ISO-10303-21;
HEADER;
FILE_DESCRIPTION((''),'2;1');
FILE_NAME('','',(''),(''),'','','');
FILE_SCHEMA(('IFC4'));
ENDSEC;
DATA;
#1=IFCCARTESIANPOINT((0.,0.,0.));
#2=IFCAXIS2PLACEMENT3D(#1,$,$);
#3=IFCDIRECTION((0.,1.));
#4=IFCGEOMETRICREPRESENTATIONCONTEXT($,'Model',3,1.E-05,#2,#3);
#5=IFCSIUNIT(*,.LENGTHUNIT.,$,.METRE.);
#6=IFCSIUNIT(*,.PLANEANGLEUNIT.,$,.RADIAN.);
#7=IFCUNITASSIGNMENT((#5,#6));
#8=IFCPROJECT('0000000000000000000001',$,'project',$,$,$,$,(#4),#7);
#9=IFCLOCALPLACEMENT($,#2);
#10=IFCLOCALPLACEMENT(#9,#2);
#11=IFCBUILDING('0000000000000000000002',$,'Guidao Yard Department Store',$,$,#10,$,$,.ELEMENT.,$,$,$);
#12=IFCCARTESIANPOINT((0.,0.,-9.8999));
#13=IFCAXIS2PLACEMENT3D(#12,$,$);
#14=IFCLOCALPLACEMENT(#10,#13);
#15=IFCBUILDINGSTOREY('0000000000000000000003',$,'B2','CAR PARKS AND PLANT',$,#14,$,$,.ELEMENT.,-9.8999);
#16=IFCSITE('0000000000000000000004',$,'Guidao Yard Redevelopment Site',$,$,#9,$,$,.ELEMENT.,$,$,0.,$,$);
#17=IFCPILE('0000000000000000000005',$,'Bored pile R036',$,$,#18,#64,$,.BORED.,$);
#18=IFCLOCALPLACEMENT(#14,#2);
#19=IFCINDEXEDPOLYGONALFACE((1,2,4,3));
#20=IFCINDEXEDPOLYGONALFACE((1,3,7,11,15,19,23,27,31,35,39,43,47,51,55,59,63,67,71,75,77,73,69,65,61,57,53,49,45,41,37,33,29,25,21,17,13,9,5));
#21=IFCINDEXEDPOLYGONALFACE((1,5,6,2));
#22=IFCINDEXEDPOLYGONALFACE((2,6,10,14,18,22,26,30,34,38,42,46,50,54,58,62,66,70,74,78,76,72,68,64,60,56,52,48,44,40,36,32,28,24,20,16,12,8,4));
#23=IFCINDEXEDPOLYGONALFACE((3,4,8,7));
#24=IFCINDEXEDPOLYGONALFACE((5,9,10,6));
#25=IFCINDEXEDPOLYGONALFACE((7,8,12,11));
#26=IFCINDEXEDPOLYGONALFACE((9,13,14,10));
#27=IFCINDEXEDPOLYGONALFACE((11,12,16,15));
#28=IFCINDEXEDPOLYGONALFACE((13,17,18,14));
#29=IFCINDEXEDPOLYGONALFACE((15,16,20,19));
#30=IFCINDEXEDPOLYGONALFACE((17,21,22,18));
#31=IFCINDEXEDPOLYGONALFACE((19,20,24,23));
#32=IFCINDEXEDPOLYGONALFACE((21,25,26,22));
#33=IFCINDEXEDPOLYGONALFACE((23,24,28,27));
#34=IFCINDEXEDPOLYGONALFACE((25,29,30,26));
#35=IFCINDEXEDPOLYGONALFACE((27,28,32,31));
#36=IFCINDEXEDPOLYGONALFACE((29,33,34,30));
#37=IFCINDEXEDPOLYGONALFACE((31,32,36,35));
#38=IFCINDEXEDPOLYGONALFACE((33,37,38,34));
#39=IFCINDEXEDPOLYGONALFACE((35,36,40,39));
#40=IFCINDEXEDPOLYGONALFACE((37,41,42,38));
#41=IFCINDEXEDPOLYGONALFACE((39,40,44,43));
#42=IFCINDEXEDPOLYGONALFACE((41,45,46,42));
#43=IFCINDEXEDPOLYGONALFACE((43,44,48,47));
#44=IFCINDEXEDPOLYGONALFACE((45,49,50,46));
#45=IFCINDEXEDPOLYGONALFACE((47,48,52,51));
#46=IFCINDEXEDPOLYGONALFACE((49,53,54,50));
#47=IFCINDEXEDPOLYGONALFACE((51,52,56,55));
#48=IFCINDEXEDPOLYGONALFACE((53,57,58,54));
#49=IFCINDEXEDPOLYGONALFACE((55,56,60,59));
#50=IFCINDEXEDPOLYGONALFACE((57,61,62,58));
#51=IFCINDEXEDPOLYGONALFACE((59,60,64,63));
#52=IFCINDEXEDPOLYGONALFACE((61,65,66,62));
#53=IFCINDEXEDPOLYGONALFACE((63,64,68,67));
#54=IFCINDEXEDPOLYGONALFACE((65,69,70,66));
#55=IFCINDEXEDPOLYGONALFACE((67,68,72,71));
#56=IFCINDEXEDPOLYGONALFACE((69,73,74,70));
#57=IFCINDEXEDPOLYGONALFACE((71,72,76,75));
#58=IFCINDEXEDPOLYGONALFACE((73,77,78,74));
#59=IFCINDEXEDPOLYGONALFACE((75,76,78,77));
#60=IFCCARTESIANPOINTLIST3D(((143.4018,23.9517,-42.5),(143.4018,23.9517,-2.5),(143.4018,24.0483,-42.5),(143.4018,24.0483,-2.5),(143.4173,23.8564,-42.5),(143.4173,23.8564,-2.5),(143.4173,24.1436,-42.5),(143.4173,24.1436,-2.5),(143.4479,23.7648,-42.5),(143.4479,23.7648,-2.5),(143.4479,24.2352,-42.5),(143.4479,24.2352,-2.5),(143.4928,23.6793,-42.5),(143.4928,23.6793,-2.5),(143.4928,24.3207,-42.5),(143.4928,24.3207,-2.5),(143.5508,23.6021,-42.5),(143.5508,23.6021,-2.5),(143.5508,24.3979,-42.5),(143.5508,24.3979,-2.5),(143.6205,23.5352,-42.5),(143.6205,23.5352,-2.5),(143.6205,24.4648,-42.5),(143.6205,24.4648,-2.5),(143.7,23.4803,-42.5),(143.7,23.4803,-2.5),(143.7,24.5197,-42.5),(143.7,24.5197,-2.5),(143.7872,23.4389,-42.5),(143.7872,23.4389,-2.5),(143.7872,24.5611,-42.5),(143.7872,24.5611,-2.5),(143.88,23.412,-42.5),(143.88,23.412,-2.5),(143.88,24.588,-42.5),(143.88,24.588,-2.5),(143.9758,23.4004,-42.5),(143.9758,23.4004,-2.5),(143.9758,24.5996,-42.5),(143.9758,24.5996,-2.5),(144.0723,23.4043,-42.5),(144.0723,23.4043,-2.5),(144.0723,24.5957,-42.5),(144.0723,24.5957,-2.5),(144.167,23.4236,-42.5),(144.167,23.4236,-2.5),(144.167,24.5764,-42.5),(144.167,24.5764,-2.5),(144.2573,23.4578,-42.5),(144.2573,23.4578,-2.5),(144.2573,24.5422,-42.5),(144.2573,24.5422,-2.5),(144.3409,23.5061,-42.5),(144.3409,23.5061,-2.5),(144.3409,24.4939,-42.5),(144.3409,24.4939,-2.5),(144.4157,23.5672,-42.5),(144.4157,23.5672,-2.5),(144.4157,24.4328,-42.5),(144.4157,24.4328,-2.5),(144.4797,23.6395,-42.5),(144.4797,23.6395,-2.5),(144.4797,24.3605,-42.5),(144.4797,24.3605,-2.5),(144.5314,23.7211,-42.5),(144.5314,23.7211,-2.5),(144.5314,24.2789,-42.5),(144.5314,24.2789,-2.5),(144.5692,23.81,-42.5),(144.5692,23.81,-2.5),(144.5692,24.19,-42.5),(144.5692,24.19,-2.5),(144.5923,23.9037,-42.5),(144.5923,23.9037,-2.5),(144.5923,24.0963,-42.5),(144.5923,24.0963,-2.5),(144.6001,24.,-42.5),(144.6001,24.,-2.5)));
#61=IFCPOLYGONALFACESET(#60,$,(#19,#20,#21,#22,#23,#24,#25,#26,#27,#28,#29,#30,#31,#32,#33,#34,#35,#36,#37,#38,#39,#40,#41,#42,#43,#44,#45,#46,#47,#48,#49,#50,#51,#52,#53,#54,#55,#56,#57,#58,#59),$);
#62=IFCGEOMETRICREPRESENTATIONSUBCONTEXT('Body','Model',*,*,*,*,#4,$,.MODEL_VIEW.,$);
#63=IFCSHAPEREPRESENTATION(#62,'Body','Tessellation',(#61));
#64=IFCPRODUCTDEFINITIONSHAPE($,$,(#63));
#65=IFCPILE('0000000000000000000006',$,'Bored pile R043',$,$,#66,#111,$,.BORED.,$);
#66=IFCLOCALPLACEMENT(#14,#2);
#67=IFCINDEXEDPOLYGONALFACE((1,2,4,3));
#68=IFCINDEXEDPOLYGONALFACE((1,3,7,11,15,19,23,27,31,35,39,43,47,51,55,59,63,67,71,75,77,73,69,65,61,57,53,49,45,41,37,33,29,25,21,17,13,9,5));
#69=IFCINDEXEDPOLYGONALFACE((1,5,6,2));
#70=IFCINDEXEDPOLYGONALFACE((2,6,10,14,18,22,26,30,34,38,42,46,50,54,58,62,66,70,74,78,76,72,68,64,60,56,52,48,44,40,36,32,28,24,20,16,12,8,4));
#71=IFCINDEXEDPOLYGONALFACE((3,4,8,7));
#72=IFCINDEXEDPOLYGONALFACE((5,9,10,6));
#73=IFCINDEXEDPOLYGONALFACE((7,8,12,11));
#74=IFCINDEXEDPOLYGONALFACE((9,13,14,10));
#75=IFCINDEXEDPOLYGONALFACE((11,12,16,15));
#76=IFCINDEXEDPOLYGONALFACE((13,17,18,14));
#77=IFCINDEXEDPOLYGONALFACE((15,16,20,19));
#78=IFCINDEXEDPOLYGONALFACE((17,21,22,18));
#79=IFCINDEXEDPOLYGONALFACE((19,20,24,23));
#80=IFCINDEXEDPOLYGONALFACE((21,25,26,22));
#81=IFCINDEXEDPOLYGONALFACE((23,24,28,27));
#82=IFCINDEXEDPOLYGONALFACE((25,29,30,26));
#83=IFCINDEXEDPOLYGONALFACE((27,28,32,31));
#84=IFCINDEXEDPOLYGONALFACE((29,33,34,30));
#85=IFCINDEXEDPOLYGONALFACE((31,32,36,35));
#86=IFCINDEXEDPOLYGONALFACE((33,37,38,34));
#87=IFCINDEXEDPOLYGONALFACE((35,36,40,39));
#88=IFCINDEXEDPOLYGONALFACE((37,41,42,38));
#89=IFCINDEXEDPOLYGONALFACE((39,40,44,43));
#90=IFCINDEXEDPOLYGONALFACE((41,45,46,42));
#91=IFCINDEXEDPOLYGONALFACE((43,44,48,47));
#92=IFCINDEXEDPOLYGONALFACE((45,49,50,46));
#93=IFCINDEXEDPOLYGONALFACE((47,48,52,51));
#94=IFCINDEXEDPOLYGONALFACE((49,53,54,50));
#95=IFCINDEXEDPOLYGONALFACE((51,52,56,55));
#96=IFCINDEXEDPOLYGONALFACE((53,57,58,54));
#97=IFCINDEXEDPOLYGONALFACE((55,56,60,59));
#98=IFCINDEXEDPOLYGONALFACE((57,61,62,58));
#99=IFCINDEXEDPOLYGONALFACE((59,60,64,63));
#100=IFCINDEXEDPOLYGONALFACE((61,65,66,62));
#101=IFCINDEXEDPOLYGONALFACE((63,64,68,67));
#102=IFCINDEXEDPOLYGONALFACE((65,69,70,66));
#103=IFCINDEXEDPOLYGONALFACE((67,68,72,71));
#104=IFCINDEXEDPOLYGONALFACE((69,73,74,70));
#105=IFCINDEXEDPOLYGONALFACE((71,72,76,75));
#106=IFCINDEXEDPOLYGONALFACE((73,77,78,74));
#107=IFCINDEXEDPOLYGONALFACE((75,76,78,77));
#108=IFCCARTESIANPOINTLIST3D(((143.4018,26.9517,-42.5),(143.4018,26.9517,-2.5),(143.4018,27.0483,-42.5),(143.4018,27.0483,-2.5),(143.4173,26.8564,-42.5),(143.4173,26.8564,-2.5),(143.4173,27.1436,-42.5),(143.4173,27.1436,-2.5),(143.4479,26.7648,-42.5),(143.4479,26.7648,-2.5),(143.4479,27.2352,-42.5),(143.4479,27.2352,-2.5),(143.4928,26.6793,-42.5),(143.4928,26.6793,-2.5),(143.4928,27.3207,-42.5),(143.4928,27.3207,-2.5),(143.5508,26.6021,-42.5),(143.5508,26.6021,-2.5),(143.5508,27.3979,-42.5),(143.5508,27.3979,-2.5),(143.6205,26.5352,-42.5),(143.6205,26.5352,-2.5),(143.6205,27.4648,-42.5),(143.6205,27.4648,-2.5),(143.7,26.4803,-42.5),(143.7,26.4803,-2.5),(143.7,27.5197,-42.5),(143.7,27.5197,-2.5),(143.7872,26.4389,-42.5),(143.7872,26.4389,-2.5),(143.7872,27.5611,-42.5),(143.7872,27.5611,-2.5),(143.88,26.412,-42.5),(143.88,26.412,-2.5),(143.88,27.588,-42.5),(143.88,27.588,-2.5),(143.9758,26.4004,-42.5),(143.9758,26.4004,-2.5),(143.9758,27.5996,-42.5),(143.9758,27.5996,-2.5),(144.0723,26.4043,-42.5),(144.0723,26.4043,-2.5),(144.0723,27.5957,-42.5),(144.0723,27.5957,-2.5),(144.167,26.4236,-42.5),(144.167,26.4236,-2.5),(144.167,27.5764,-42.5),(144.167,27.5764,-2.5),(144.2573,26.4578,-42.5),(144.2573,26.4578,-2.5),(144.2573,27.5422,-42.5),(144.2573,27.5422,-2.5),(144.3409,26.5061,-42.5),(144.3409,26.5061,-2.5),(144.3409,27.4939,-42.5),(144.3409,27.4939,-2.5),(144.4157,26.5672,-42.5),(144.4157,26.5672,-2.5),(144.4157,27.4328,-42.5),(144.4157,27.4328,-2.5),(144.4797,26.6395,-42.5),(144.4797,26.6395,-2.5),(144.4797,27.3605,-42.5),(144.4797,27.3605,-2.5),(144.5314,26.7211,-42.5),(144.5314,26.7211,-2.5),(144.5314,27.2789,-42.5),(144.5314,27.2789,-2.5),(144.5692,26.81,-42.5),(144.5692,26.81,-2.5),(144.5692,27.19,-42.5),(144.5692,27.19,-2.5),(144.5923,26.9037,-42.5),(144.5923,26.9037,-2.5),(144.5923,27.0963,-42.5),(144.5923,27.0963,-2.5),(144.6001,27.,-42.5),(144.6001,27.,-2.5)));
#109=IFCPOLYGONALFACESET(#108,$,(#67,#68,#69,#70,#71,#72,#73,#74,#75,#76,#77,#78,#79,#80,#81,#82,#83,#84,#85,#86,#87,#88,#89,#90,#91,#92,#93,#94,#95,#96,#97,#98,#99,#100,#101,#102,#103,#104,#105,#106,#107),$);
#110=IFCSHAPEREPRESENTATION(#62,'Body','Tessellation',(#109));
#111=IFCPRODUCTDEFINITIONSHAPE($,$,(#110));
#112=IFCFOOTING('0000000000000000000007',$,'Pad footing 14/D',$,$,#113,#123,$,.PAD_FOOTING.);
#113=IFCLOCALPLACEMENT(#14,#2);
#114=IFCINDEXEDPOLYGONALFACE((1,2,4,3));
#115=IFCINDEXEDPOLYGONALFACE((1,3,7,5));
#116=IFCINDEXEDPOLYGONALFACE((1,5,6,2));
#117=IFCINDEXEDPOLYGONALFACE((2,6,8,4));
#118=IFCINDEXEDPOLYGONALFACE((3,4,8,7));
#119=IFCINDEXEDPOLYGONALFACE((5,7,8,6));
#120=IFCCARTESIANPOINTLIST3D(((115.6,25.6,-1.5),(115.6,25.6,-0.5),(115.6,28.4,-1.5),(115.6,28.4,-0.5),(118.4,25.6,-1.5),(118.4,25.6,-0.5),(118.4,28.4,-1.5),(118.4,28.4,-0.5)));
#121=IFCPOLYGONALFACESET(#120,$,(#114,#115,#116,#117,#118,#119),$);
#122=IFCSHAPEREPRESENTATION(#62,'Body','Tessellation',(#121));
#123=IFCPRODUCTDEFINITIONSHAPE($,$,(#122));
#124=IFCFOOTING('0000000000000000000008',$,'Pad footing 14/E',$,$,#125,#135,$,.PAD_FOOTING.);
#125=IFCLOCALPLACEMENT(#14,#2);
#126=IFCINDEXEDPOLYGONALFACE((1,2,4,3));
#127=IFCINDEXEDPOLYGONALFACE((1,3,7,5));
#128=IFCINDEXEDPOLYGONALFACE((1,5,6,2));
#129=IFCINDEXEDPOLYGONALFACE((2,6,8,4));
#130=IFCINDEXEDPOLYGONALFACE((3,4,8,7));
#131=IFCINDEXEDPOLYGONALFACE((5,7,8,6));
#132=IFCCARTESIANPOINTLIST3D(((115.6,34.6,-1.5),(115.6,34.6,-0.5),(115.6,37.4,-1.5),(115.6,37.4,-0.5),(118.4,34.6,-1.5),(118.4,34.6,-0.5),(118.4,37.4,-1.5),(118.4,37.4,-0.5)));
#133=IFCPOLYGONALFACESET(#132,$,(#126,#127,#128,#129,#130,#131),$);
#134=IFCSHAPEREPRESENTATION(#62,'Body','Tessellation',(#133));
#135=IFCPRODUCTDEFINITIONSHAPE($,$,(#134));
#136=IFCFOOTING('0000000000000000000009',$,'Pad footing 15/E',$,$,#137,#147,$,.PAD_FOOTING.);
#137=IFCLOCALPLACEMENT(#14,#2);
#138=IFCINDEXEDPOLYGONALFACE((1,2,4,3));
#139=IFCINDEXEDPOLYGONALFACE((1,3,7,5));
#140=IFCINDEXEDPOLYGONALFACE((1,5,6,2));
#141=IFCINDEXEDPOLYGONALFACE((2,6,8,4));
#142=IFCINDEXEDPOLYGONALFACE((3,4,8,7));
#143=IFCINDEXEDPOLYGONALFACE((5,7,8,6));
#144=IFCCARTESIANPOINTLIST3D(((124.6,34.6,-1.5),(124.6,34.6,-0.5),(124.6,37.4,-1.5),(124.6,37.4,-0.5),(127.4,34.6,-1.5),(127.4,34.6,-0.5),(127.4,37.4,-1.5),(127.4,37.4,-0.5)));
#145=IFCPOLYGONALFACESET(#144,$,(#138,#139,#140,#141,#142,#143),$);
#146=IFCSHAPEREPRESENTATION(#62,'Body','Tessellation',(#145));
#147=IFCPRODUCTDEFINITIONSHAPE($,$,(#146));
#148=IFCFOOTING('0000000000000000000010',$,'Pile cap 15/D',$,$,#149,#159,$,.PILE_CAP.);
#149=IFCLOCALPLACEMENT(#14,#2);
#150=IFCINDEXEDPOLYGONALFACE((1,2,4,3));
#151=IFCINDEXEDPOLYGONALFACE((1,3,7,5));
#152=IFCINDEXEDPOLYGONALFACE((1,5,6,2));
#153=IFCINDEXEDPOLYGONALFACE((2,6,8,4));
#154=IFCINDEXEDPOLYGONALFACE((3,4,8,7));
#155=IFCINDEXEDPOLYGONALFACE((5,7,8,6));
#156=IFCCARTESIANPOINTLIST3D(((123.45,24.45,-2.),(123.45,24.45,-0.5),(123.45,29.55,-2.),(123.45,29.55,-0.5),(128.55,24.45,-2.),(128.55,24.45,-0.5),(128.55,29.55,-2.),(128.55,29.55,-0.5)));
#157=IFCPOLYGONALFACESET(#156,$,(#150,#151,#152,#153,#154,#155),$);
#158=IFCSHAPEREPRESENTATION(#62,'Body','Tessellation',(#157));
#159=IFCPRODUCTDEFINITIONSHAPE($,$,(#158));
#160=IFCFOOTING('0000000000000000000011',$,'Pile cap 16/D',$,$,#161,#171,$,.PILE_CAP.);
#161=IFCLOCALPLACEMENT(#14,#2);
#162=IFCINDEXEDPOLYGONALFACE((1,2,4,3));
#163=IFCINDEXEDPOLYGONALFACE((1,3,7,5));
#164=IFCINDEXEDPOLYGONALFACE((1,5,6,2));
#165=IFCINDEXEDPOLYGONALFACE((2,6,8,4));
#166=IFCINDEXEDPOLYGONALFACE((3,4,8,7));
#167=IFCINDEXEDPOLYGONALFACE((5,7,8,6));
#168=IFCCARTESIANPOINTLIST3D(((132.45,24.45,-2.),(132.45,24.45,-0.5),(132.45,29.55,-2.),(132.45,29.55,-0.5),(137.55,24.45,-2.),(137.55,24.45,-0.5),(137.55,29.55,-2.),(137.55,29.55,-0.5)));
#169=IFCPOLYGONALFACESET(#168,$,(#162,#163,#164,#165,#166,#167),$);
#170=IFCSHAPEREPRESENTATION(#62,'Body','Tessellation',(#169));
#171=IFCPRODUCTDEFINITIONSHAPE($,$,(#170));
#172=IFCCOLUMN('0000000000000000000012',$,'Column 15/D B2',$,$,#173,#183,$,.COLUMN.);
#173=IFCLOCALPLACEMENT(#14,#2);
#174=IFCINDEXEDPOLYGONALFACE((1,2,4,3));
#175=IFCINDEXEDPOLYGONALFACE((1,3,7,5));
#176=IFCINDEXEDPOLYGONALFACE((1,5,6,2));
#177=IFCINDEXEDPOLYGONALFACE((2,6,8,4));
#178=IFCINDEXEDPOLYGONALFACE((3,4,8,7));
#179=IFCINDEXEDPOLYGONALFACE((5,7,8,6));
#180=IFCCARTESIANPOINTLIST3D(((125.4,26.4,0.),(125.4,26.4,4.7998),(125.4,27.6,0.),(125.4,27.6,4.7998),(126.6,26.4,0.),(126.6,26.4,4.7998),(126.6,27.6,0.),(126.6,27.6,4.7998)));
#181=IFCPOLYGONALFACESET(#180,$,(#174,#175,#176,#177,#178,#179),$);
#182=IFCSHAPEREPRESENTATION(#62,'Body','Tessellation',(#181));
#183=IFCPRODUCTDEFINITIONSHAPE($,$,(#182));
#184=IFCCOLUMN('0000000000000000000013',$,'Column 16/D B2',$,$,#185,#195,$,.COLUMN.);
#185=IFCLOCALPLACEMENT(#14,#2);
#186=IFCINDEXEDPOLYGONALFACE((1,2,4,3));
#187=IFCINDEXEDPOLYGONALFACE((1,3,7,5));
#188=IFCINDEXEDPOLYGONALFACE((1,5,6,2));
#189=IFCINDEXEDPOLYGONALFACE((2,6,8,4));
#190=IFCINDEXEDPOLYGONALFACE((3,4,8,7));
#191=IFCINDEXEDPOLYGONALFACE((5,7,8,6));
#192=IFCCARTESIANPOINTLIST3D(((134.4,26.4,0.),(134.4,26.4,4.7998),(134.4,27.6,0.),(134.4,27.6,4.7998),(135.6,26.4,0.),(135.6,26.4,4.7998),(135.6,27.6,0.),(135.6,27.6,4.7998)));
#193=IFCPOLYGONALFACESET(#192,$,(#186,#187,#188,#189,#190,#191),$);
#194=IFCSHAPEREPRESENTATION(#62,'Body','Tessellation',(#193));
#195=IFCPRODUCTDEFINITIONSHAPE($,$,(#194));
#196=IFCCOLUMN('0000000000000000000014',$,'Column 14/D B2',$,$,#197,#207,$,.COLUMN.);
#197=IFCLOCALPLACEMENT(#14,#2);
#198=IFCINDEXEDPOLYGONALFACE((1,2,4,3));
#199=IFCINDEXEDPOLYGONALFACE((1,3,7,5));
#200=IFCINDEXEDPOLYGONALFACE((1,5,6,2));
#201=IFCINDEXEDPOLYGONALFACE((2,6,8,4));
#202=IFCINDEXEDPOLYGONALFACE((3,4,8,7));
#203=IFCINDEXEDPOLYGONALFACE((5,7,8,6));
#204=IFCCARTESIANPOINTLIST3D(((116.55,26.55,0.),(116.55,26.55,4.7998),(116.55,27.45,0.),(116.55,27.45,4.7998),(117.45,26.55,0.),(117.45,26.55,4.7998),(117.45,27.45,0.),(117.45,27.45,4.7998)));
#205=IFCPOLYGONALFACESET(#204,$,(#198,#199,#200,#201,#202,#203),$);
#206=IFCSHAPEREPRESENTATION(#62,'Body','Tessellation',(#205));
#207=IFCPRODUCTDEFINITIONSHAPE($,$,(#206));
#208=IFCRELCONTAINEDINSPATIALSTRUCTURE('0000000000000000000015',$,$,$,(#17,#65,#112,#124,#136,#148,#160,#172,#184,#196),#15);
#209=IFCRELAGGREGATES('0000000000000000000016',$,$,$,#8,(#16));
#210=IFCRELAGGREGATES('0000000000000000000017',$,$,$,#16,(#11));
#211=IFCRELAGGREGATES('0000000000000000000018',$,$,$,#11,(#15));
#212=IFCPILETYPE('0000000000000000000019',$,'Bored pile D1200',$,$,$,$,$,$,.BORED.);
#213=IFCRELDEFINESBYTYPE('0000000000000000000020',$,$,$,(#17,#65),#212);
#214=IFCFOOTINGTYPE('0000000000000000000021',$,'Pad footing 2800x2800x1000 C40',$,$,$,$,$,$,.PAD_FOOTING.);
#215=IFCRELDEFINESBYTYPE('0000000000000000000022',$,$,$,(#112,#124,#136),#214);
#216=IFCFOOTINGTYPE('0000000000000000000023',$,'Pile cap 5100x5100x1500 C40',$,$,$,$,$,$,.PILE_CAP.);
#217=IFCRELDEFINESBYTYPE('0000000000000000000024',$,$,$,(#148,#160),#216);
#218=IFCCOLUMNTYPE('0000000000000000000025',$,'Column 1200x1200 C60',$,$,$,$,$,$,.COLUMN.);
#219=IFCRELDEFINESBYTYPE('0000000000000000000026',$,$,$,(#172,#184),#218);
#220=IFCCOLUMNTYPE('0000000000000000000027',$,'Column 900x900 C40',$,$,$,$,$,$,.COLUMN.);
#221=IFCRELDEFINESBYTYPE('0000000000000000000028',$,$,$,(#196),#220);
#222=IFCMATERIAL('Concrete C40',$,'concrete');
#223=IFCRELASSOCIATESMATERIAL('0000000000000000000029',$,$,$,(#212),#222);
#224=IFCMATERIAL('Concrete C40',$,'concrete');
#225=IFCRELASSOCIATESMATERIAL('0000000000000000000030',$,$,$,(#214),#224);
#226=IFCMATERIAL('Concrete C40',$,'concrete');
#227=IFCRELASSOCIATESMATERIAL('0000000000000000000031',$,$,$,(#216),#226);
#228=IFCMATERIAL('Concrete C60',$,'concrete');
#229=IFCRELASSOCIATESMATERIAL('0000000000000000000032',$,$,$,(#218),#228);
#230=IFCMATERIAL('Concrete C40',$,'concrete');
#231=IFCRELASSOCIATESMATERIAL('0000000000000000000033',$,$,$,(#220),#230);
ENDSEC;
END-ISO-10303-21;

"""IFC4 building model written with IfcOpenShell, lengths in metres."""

from ifc_helpers import new_model, si_unit, direction, frame, origin, origin_2d, place, context, subcontext, project, spatial, rectangle, circle, extrude, material, material_profile, profile_set, type_object, element, save


model = new_model("IFC4")

# Units and contexts
model_context = context("Model", 3, precision=1e-05, world=origin(), true_north=direction((0.0, 1.0)))
body_context = subcontext(model_context, "Body", "Model", "MODEL_VIEW")
ifc_project = project(units=[si_unit("LENGTHUNIT", "METRE"), si_unit("PLANEANGLEUNIT", "RADIAN")], contexts=[model_context])

# Site, building, storey
site_placement = place(None, origin())
site = spatial("IfcSite", under=ifc_project, at=site_placement, Name="Guidao Yard Redevelopment Site", CompositionType="ELEMENT", RefElevation=0.0)
building_placement = place(site_placement, origin())
building = spatial("IfcBuilding", under=site, at=building_placement, Name="Guidao Yard Department Store", CompositionType="ELEMENT")
storey_placement = place(building_placement, frame((0.0, 0.0, -9.8999)))
storey = spatial("IfcBuildingStorey", under=building, at=storey_placement, Name="B2", Description="CAR PARKS AND PLANT", CompositionType="ELEMENT", Elevation=-9.8999)

# Piles
ifc_material_1 = material(Name="Concrete C40", Category="concrete")
ifc_material_profile_1 = material_profile(ifc_material_1, circle(Radius=0.6001, at=origin_2d()), Name="Bored pile D1200")
ifc_profile_set_1 = profile_set([ifc_material_profile_1], Name="Concrete C40")
pile_type = type_object("IfcPileType", Name="Bored pile D1200", PredefinedType="BORED", material=ifc_profile_set_1)
for number, where, z_axis, x_axis, name in (
    (1, (144.0, 24.0, -2.5), (0.0, 0.0, -1.0), (1.0, 0.0, 0.0), "Bored pile R036"),
    (2, (144.0, 27.0, -2.5), (0.0, 0.0, -1.0), (1.0, 0.0, 0.0), "Bored pile R043"),
):
    element("IfcPile", number, at=place(storey_placement, frame(where, z_axis=z_axis, x_axis=x_axis)), inside=storey, type_object=pile_type, Name=name, PredefinedType="BORED", context=body_context, shape_type="SweptSolid", body=[
        extrude(circle(Radius=0.6001, at=origin_2d()), origin(), (0.0, 0.0, 1.0), 40.0),
    ])

# Footings
ifc_material_2 = material(Name="Concrete C40", Category="concrete")
footing_type_1 = type_object("IfcFootingType", Name="Pad footing 2800x2800x1000 C40", PredefinedType="PAD_FOOTING", material=ifc_material_2)
for number, where, z_axis, x_axis, name in (
    (3, (117.0, 27.0, -1.5), (0.0, 0.0, 1.0), (1.0, 0.0, 0.0), "Pad footing 14/D"),
    (4, (117.0, 36.0, -1.5), (0.0, 0.0, 1.0), (1.0, 0.0, 0.0), "Pad footing 14/E"),
    (5, (126.0, 36.0, -1.5), (0.0, 0.0, 1.0), (1.0, 0.0, 0.0), "Pad footing 15/E"),
):
    element("IfcFooting", number, at=place(storey_placement, frame(where, z_axis=z_axis, x_axis=x_axis)), inside=storey, type_object=footing_type_1, Name=name, PredefinedType="PAD_FOOTING", context=body_context, shape_type="SweptSolid", body=[
        extrude(rectangle(XDim=2.8, YDim=2.8, at=origin_2d()), origin(), (0.0, 0.0, 1.0), 1.0),
    ])
ifc_material_3 = material(Name="Concrete C40", Category="concrete")
footing_type_2 = type_object("IfcFootingType", Name="Pile cap 5100x5100x1500 C40", PredefinedType="PILE_CAP", material=ifc_material_3)
for number, where, z_axis, x_axis, name in (
    (6, (126.0, 27.0, -2.0), (0.0, 0.0, 1.0), (1.0, 0.0, 0.0), "Pile cap 15/D"),
    (7, (135.0, 27.0, -2.0), (0.0, 0.0, 1.0), (1.0, 0.0, 0.0), "Pile cap 16/D"),
):
    element("IfcFooting", number, at=place(storey_placement, frame(where, z_axis=z_axis, x_axis=x_axis)), inside=storey, type_object=footing_type_2, Name=name, PredefinedType="PILE_CAP", context=body_context, shape_type="SweptSolid", body=[
        extrude(rectangle(XDim=5.1001, YDim=5.1001, at=origin_2d()), origin(), (0.0, 0.0, 1.0), 1.5),
    ])

# Columns
ifc_material_4 = material(Name="Concrete C60", Category="concrete")
ifc_material_profile_2 = material_profile(ifc_material_4, rectangle(XDim=1.2, YDim=1.2, at=origin_2d()), Name="COL 1200x1200")
ifc_profile_set_2 = profile_set([ifc_material_profile_2], Name="Concrete C60")
column_type_1 = type_object("IfcColumnType", Name="Column 1200x1200 C60", PredefinedType="COLUMN", material=ifc_profile_set_2)
for number, where, z_axis, x_axis, name in (
    (8, (126.0, 27.0, 0.0), (0.0, 0.0, 1.0), (1.0, 0.0, 0.0), "Column 15/D B2"),
    (9, (135.0, 27.0, 0.0), (0.0, 0.0, 1.0), (1.0, 0.0, 0.0), "Column 16/D B2"),
):
    element("IfcColumn", number, at=place(storey_placement, frame(where, z_axis=z_axis, x_axis=x_axis)), inside=storey, type_object=column_type_1, Name=name, PredefinedType="COLUMN", context=body_context, shape_type="SweptSolid", body=[
        extrude(rectangle(XDim=1.2, YDim=1.2, at=origin_2d()), origin(), (0.0, 0.0, 1.0), 4.7998),
    ])
ifc_material_5 = material(Name="Concrete C40", Category="concrete")
ifc_material_profile_3 = material_profile(ifc_material_5, rectangle(XDim=0.8999, YDim=0.8999, at=origin_2d()), Name="COL 900x900")
ifc_profile_set_3 = profile_set([ifc_material_profile_3], Name="Concrete C40")
column_type_2 = type_object("IfcColumnType", Name="Column 900x900 C40", PredefinedType="COLUMN", material=ifc_profile_set_3)
for number, where, z_axis, x_axis, name in (
    (10, (117.0, 27.0, 0.0), (0.0, 0.0, 1.0), (1.0, 0.0, 0.0), "Column 14/D B2"),
):
    element("IfcColumn", number, at=place(storey_placement, frame(where, z_axis=z_axis, x_axis=x_axis)), inside=storey, type_object=column_type_2, Name=name, PredefinedType="COLUMN", context=body_context, shape_type="SweptSolid", body=[
        extrude(rectangle(XDim=0.8999, YDim=0.8999, at=origin_2d()), origin(), (0.0, 0.0, 1.0), 4.7998),
    ])

save(model, "model.ifc")
